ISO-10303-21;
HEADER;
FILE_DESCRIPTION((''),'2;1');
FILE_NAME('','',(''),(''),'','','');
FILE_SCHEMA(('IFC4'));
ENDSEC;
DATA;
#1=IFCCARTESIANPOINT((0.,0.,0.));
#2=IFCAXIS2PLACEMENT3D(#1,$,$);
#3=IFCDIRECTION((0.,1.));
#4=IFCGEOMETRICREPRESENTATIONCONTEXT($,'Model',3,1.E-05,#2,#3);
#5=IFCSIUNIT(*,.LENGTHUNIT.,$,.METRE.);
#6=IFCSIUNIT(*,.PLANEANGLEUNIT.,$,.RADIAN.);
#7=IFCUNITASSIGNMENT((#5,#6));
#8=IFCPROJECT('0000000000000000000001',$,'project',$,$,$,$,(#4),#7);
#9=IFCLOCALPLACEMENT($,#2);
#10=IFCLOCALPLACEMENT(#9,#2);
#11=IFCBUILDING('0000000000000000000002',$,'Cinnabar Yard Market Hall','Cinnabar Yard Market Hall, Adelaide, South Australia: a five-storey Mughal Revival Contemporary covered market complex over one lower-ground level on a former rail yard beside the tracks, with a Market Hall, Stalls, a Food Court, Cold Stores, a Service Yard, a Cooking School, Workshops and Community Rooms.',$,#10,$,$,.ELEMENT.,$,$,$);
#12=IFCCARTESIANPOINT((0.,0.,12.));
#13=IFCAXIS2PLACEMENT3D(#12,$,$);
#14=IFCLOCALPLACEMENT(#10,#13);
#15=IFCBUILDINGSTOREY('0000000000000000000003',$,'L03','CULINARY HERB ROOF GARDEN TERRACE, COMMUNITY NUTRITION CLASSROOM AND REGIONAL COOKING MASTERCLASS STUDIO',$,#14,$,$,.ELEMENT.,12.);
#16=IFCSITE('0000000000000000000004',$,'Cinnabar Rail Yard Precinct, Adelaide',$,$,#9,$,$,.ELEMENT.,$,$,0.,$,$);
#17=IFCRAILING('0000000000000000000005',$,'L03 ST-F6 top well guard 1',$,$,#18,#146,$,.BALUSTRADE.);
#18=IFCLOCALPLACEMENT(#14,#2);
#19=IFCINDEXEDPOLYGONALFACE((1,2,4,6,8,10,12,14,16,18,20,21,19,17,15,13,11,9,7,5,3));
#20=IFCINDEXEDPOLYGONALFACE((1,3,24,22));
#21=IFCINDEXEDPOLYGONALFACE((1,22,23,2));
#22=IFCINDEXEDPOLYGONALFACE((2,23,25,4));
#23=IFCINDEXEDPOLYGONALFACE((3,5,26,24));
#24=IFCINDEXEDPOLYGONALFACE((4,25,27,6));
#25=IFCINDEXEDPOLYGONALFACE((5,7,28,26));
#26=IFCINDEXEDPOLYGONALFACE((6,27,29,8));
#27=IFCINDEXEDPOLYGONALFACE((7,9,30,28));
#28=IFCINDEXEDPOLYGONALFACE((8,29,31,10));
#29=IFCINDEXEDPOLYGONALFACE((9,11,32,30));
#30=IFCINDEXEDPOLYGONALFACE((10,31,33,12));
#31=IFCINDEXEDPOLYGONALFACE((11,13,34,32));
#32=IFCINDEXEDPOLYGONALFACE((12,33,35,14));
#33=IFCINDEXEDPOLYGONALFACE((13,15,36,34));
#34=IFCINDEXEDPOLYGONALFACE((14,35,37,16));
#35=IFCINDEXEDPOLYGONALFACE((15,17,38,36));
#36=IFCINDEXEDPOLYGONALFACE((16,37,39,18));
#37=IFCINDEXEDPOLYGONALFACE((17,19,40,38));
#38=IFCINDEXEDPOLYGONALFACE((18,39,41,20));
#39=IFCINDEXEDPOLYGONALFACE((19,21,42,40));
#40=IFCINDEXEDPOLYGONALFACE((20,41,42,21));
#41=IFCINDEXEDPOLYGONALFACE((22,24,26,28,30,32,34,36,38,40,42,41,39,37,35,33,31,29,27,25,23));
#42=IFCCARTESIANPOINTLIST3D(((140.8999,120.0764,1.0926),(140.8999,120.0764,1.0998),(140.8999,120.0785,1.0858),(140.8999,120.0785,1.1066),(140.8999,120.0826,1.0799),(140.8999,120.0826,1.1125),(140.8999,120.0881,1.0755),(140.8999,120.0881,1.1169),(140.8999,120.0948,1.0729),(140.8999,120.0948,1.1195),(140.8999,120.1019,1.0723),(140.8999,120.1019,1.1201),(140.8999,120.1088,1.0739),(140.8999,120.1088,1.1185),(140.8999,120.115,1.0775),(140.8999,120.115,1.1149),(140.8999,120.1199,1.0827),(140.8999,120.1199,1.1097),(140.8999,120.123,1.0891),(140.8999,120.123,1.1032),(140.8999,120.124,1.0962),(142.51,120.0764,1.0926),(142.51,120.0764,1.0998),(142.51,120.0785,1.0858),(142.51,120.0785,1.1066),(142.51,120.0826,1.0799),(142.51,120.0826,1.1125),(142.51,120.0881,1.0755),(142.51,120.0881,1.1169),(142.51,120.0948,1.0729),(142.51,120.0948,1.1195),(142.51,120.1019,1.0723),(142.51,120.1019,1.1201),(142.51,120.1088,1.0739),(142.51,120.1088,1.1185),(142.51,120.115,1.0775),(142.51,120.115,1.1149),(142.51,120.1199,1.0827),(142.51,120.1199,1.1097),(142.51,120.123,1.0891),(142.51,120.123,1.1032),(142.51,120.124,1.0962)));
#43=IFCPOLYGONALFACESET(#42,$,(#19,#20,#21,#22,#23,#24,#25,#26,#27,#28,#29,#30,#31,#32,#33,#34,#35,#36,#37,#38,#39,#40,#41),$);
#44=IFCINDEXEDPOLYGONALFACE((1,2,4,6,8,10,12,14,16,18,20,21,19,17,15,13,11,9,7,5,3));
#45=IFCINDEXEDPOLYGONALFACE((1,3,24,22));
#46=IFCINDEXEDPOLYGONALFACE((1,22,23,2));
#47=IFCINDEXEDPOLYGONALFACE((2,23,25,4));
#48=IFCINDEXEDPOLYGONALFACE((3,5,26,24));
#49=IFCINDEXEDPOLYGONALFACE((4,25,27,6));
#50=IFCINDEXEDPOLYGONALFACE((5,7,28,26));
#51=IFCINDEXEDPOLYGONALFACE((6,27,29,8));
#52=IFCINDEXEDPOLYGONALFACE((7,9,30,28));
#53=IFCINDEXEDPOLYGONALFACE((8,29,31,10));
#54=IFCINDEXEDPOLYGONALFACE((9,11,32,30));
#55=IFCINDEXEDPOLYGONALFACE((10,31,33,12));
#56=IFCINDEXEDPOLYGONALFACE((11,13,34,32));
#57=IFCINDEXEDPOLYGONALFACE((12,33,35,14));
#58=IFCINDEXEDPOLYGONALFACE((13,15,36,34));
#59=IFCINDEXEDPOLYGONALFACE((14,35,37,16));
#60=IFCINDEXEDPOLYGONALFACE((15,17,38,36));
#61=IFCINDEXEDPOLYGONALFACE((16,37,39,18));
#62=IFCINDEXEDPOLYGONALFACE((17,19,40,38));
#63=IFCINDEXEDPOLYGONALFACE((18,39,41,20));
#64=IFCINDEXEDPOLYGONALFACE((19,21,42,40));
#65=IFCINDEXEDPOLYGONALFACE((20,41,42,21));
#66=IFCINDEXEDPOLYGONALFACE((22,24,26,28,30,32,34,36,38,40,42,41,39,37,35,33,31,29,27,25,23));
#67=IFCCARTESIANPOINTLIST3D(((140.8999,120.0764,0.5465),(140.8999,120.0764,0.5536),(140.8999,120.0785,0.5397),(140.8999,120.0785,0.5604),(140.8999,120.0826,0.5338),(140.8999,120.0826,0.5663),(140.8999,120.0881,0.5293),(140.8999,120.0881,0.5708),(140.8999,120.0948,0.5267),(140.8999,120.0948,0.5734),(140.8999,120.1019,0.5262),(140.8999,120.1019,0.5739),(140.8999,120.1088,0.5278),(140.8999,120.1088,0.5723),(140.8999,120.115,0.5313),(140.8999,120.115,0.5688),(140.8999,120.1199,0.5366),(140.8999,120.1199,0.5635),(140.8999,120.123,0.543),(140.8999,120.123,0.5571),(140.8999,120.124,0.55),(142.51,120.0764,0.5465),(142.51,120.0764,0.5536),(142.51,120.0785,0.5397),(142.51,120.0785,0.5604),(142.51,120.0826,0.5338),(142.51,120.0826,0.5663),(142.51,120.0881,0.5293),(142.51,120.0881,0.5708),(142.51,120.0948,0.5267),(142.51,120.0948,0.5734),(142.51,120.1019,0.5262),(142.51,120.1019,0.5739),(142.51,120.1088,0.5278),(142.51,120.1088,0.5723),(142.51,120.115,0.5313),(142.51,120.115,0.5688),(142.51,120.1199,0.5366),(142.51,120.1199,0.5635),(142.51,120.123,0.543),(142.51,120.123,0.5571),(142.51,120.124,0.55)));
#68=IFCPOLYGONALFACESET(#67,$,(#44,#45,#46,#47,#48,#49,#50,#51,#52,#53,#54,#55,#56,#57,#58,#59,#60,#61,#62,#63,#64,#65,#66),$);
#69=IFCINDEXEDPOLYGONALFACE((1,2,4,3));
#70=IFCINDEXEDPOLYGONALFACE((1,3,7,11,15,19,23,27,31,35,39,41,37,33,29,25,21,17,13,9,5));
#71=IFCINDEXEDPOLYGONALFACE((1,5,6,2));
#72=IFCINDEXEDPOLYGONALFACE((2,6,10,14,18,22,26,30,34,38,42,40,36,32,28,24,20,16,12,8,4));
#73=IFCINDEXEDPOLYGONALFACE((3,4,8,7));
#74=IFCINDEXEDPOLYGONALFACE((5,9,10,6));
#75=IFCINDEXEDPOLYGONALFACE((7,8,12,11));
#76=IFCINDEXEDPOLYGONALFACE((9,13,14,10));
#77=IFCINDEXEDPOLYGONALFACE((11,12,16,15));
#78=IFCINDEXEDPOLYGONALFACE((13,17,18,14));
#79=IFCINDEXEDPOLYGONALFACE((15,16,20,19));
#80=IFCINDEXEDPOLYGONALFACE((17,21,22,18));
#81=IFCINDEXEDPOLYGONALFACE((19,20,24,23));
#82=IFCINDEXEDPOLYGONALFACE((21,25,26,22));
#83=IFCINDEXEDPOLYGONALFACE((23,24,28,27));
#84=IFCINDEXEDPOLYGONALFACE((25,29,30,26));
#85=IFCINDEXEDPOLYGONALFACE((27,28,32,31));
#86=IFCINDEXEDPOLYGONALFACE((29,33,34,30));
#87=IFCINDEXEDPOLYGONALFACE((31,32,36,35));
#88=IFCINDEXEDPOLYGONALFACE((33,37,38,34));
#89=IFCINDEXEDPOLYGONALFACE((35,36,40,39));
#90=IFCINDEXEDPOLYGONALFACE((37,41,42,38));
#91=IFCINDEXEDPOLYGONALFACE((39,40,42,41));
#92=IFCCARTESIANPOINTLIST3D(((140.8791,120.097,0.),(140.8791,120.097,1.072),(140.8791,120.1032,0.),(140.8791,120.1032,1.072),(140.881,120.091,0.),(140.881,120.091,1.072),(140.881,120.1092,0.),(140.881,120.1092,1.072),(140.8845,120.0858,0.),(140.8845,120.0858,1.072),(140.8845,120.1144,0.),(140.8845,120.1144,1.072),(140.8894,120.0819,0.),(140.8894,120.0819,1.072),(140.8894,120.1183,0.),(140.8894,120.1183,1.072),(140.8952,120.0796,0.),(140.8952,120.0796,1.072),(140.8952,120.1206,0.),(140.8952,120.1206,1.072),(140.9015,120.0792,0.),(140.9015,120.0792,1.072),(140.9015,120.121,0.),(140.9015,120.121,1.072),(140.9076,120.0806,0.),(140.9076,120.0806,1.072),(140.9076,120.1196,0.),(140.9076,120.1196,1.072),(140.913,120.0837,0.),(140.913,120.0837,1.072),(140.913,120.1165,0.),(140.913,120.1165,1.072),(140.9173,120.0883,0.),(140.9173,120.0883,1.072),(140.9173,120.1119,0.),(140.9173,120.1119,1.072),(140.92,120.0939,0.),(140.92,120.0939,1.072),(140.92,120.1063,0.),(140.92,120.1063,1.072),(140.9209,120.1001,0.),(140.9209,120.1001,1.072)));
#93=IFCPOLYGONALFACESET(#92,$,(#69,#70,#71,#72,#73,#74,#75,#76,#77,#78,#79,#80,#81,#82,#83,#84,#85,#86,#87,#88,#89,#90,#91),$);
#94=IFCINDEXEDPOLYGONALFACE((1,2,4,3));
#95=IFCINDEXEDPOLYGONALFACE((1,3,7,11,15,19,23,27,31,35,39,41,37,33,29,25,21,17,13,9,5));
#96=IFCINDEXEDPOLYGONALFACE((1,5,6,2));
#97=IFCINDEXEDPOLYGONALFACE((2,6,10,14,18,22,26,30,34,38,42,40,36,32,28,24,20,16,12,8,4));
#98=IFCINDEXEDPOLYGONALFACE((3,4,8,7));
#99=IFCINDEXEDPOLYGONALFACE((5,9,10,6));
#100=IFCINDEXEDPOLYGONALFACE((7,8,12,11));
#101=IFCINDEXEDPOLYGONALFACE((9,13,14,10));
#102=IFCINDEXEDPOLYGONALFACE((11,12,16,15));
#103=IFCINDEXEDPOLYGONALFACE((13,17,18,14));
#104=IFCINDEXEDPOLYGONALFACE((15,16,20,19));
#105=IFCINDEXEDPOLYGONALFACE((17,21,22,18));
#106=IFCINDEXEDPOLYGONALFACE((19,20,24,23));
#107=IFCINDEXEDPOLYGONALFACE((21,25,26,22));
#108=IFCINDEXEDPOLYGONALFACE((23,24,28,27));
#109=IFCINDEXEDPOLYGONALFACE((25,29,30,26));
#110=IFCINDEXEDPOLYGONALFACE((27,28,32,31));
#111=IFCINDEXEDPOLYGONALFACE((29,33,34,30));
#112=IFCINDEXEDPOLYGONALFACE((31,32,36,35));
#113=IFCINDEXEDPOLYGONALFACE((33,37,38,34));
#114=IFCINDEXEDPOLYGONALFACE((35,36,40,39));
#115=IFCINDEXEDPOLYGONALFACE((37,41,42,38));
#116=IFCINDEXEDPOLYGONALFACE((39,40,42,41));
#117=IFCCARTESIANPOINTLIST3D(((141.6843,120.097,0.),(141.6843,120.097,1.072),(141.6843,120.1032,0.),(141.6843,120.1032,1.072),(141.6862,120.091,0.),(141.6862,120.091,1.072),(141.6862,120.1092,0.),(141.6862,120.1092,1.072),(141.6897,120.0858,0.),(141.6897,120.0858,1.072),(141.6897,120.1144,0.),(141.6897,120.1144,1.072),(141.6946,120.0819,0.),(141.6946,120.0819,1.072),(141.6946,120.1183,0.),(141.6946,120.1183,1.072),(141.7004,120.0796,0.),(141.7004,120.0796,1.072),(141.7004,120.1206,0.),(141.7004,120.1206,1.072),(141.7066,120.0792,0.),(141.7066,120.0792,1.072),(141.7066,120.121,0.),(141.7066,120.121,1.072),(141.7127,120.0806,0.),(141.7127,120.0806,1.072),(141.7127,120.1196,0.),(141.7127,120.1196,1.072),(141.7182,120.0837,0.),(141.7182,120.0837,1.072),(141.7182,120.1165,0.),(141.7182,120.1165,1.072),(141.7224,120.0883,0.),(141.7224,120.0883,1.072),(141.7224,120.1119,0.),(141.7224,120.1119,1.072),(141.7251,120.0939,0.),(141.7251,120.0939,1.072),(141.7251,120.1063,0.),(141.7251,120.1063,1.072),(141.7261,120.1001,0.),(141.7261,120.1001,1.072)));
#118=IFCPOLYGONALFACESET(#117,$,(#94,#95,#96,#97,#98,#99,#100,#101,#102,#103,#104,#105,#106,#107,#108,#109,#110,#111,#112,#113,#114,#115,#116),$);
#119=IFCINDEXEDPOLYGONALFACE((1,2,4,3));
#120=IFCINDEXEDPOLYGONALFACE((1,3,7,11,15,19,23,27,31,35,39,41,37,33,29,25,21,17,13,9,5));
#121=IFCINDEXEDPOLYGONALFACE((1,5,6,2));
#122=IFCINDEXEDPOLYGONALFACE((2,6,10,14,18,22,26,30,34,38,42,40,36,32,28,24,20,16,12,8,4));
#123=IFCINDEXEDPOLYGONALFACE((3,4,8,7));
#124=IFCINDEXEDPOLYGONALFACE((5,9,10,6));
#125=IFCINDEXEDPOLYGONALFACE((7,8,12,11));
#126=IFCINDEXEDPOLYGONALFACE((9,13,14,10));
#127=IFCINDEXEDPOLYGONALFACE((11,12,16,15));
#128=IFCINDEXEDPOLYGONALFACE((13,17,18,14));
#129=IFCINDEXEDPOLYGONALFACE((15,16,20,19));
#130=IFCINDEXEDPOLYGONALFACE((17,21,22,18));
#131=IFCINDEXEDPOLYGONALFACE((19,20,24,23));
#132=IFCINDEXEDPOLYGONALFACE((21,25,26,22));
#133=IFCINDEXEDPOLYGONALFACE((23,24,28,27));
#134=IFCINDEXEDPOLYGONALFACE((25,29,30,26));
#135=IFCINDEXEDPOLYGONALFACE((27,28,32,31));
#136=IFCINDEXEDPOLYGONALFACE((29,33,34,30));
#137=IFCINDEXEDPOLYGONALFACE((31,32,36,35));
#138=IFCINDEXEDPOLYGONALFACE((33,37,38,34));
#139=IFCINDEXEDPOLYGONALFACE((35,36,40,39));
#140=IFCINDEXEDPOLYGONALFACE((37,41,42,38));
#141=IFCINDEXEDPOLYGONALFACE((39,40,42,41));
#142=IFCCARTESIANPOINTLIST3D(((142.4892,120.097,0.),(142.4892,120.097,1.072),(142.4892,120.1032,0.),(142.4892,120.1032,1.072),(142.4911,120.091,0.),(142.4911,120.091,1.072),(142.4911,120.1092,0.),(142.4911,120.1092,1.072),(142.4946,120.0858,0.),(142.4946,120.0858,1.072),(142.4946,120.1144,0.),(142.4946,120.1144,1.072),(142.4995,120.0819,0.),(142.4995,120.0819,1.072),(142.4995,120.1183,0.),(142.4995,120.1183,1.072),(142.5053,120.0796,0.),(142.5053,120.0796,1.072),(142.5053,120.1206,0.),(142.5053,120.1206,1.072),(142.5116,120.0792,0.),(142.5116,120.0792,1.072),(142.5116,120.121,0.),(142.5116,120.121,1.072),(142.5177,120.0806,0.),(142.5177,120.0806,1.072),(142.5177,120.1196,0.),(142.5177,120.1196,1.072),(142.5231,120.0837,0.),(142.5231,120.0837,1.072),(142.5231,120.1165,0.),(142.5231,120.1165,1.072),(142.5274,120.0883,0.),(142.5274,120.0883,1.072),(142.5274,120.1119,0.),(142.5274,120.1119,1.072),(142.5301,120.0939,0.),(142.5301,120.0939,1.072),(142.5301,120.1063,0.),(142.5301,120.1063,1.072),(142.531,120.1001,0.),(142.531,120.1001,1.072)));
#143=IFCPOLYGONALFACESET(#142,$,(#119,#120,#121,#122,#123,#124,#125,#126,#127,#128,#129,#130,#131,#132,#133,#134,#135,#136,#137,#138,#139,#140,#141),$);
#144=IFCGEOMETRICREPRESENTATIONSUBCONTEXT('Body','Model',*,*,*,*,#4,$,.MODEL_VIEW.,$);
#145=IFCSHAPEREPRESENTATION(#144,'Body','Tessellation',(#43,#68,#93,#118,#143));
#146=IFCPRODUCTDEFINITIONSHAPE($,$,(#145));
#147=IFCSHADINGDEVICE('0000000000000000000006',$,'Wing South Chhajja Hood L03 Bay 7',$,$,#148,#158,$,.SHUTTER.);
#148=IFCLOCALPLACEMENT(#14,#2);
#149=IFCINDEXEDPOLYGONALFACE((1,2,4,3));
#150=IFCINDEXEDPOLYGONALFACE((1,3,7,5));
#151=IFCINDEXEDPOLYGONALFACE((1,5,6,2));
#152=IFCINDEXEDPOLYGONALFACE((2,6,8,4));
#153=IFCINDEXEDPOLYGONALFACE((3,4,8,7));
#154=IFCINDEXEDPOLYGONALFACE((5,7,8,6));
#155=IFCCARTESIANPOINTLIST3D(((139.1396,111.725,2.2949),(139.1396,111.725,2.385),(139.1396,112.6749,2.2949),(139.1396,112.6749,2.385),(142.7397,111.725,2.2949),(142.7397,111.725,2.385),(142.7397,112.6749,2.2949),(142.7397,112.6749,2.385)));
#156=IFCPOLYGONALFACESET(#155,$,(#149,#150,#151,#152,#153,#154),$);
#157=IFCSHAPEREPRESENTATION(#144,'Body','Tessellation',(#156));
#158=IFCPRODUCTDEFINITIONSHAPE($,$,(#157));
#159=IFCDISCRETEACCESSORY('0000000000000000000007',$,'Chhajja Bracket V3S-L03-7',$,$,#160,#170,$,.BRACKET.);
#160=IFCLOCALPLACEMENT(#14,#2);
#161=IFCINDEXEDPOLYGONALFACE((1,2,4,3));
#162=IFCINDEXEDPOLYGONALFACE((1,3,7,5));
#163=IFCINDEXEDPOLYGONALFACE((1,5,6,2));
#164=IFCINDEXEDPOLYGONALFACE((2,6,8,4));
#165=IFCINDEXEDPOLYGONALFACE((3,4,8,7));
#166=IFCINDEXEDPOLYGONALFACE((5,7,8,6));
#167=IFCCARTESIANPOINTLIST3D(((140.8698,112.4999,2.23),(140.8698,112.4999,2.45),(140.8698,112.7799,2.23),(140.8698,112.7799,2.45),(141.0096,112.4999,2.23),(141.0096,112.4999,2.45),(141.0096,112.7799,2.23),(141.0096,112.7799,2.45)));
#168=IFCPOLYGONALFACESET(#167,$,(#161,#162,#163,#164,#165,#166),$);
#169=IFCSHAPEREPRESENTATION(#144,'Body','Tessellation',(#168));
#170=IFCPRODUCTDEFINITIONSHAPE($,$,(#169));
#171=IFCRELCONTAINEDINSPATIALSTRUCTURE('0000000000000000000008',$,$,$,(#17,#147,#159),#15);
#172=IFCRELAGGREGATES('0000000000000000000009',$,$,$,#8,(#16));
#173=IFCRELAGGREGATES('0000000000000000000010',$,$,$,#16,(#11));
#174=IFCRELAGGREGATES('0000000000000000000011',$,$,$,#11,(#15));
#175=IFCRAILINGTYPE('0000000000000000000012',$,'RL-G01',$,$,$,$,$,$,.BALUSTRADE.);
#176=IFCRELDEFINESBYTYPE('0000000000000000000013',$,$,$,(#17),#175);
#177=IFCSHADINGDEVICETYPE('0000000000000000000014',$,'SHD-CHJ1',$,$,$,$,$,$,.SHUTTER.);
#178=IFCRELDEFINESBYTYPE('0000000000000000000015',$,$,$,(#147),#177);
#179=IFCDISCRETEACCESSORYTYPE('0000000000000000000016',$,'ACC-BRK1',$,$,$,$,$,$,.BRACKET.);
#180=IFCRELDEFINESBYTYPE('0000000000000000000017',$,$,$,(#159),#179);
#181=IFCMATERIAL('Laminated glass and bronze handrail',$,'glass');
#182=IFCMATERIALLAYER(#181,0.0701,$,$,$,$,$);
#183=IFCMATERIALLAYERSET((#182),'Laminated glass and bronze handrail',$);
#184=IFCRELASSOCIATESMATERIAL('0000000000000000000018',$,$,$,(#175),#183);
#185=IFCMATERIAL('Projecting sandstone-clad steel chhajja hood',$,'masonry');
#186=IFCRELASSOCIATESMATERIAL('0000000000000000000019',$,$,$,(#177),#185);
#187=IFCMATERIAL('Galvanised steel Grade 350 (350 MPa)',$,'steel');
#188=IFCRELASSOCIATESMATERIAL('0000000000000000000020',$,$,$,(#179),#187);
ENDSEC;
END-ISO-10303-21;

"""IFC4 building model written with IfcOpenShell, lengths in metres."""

from ifc_helpers import new_model, si_unit, direction, frame, origin, origin_2d_with_axis, place, context, subcontext, project, spatial, rectangle, circle, extrude, material, layer, layer_set, type_object, element, save


model = new_model("IFC4")

# Units and contexts
model_context = context("Model", 3, precision=1e-05, world=origin(), true_north=direction((0.0, 1.0)))
body_context = subcontext(model_context, "Body", "Model", "MODEL_VIEW")
ifc_project = project(units=[si_unit("LENGTHUNIT", "METRE"), si_unit("PLANEANGLEUNIT", "RADIAN")], contexts=[model_context])

# Site, building, storey
site_placement = place(None, origin())
site = spatial("IfcSite", under=ifc_project, at=site_placement, Name="Cinnabar Rail Yard Precinct, Adelaide", CompositionType="ELEMENT", RefElevation=0.0)
building_placement = place(site_placement, origin())
building = spatial("IfcBuilding", under=site, at=building_placement, Name="Cinnabar Yard Market Hall", Description="Cinnabar Yard Market Hall, Adelaide, South Australia: a five-storey Mughal Revival Contemporary covered market complex over one lower-ground level on a former rail yard beside the tracks, with a Market Hall, Stalls, a Food Court, Cold Stores, a Service Yard, a Cooking School, Workshops and Community Rooms.", CompositionType="ELEMENT")
storey_placement = place(building_placement, frame((0.0, 0.0, 12.0)))
storey = spatial("IfcBuildingStorey", under=building, at=storey_placement, Name="L03", Description="CULINARY HERB ROOF GARDEN TERRACE, COMMUNITY NUTRITION CLASSROOM AND REGIONAL COOKING MASTERCLASS STUDIO", CompositionType="ELEMENT", Elevation=12.0)

# Railing
ifc_material_1 = material(Name="Laminated glass and bronze handrail", Category="glass")
ifc_layer_1 = layer(ifc_material_1, 0.0701)
ifc_layer_set_1 = layer_set([ifc_layer_1], Name="Laminated glass and bronze handrail")
railing_type = type_object("IfcRailingType", Name="RL-G01", PredefinedType="BALUSTRADE", material=ifc_layer_set_1)
railing_placement = place(storey_placement, frame((140.8999, 120.1001, 0.0)))
element("IfcRailing", 1, at=railing_placement, inside=storey, type_object=railing_type, Name="L03 ST-F6 top well guard 1", PredefinedType="BALUSTRADE", context=body_context, shape_type="SweptSolid", body=[
    extrude(circle(Radius=0.0239, at=origin_2d_with_axis()), frame((0.0, 0.0, 1.0962), z_axis=(1.0, 0.0, 0.0), x_axis=(0.0, 1.0, 0.0)), (0.0, 0.0, 1.0), 1.6101),
    extrude(circle(Radius=0.0239, at=origin_2d_with_axis()), frame((0.0, 0.0, 0.55), z_axis=(1.0, 0.0, 0.0), x_axis=(0.0, 1.0, 0.0)), (0.0, 0.0, 1.0), 1.6101),
    extrude(circle(Radius=0.021, at=origin_2d_with_axis()), origin(), (0.0, 0.0, 1.0), 1.072),
    extrude(circle(Radius=0.021, at=origin_2d_with_axis()), frame((0.8052, 0.0, 0.0)), (0.0, 0.0, 1.0), 1.072),
    extrude(circle(Radius=0.021, at=origin_2d_with_axis()), frame((1.6101, 0.0, 0.0)), (0.0, 0.0, 1.0), 1.072),
])

# Shading device
ifc_material_2 = material(Name="Projecting sandstone-clad steel chhajja hood", Category="masonry")
shading_device_type = type_object("IfcShadingDeviceType", Name="SHD-CHJ1", PredefinedType="SHUTTER", material=ifc_material_2)
shading_device_placement = place(storey_placement, frame((140.9397, 112.2, 2.2949), z_axis=(0.0, 0.0, 1.0), x_axis=(1.0, 0.0, 0.0)))
element("IfcShadingDevice", 2, at=shading_device_placement, inside=storey, type_object=shading_device_type, Name="Wing South Chhajja Hood L03 Bay 7", PredefinedType="SHUTTER", context=body_context, shape_type="SweptSolid", body=[
    extrude(rectangle(XDim=3.6001, YDim=0.95, at=origin_2d_with_axis()), origin(), (0.0, 0.0, 1.0), 0.0901),
])

# Discrete accessory
ifc_material_3 = material(Name="Galvanised steel Grade 350 (350 MPa)", Category="steel")
discrete_accessory_type = type_object("IfcDiscreteAccessoryType", Name="ACC-BRK1", PredefinedType="BRACKET", material=ifc_material_3)
discrete_accessory_placement = place(storey_placement, frame((140.9397, 112.6399, 2.23), z_axis=(0.0, 0.0, 1.0), x_axis=(1.0, 0.0, 0.0)))
element("IfcDiscreteAccessory", 3, at=discrete_accessory_placement, inside=storey, type_object=discrete_accessory_type, Name="Chhajja Bracket V3S-L03-7", PredefinedType="BRACKET", context=body_context, shape_type="SweptSolid", body=[
    extrude(rectangle(XDim=0.1399, YDim=0.28, at=origin_2d_with_axis()), origin(), (0.0, 0.0, 1.0), 0.22),
])

save(model, "model.ifc")
